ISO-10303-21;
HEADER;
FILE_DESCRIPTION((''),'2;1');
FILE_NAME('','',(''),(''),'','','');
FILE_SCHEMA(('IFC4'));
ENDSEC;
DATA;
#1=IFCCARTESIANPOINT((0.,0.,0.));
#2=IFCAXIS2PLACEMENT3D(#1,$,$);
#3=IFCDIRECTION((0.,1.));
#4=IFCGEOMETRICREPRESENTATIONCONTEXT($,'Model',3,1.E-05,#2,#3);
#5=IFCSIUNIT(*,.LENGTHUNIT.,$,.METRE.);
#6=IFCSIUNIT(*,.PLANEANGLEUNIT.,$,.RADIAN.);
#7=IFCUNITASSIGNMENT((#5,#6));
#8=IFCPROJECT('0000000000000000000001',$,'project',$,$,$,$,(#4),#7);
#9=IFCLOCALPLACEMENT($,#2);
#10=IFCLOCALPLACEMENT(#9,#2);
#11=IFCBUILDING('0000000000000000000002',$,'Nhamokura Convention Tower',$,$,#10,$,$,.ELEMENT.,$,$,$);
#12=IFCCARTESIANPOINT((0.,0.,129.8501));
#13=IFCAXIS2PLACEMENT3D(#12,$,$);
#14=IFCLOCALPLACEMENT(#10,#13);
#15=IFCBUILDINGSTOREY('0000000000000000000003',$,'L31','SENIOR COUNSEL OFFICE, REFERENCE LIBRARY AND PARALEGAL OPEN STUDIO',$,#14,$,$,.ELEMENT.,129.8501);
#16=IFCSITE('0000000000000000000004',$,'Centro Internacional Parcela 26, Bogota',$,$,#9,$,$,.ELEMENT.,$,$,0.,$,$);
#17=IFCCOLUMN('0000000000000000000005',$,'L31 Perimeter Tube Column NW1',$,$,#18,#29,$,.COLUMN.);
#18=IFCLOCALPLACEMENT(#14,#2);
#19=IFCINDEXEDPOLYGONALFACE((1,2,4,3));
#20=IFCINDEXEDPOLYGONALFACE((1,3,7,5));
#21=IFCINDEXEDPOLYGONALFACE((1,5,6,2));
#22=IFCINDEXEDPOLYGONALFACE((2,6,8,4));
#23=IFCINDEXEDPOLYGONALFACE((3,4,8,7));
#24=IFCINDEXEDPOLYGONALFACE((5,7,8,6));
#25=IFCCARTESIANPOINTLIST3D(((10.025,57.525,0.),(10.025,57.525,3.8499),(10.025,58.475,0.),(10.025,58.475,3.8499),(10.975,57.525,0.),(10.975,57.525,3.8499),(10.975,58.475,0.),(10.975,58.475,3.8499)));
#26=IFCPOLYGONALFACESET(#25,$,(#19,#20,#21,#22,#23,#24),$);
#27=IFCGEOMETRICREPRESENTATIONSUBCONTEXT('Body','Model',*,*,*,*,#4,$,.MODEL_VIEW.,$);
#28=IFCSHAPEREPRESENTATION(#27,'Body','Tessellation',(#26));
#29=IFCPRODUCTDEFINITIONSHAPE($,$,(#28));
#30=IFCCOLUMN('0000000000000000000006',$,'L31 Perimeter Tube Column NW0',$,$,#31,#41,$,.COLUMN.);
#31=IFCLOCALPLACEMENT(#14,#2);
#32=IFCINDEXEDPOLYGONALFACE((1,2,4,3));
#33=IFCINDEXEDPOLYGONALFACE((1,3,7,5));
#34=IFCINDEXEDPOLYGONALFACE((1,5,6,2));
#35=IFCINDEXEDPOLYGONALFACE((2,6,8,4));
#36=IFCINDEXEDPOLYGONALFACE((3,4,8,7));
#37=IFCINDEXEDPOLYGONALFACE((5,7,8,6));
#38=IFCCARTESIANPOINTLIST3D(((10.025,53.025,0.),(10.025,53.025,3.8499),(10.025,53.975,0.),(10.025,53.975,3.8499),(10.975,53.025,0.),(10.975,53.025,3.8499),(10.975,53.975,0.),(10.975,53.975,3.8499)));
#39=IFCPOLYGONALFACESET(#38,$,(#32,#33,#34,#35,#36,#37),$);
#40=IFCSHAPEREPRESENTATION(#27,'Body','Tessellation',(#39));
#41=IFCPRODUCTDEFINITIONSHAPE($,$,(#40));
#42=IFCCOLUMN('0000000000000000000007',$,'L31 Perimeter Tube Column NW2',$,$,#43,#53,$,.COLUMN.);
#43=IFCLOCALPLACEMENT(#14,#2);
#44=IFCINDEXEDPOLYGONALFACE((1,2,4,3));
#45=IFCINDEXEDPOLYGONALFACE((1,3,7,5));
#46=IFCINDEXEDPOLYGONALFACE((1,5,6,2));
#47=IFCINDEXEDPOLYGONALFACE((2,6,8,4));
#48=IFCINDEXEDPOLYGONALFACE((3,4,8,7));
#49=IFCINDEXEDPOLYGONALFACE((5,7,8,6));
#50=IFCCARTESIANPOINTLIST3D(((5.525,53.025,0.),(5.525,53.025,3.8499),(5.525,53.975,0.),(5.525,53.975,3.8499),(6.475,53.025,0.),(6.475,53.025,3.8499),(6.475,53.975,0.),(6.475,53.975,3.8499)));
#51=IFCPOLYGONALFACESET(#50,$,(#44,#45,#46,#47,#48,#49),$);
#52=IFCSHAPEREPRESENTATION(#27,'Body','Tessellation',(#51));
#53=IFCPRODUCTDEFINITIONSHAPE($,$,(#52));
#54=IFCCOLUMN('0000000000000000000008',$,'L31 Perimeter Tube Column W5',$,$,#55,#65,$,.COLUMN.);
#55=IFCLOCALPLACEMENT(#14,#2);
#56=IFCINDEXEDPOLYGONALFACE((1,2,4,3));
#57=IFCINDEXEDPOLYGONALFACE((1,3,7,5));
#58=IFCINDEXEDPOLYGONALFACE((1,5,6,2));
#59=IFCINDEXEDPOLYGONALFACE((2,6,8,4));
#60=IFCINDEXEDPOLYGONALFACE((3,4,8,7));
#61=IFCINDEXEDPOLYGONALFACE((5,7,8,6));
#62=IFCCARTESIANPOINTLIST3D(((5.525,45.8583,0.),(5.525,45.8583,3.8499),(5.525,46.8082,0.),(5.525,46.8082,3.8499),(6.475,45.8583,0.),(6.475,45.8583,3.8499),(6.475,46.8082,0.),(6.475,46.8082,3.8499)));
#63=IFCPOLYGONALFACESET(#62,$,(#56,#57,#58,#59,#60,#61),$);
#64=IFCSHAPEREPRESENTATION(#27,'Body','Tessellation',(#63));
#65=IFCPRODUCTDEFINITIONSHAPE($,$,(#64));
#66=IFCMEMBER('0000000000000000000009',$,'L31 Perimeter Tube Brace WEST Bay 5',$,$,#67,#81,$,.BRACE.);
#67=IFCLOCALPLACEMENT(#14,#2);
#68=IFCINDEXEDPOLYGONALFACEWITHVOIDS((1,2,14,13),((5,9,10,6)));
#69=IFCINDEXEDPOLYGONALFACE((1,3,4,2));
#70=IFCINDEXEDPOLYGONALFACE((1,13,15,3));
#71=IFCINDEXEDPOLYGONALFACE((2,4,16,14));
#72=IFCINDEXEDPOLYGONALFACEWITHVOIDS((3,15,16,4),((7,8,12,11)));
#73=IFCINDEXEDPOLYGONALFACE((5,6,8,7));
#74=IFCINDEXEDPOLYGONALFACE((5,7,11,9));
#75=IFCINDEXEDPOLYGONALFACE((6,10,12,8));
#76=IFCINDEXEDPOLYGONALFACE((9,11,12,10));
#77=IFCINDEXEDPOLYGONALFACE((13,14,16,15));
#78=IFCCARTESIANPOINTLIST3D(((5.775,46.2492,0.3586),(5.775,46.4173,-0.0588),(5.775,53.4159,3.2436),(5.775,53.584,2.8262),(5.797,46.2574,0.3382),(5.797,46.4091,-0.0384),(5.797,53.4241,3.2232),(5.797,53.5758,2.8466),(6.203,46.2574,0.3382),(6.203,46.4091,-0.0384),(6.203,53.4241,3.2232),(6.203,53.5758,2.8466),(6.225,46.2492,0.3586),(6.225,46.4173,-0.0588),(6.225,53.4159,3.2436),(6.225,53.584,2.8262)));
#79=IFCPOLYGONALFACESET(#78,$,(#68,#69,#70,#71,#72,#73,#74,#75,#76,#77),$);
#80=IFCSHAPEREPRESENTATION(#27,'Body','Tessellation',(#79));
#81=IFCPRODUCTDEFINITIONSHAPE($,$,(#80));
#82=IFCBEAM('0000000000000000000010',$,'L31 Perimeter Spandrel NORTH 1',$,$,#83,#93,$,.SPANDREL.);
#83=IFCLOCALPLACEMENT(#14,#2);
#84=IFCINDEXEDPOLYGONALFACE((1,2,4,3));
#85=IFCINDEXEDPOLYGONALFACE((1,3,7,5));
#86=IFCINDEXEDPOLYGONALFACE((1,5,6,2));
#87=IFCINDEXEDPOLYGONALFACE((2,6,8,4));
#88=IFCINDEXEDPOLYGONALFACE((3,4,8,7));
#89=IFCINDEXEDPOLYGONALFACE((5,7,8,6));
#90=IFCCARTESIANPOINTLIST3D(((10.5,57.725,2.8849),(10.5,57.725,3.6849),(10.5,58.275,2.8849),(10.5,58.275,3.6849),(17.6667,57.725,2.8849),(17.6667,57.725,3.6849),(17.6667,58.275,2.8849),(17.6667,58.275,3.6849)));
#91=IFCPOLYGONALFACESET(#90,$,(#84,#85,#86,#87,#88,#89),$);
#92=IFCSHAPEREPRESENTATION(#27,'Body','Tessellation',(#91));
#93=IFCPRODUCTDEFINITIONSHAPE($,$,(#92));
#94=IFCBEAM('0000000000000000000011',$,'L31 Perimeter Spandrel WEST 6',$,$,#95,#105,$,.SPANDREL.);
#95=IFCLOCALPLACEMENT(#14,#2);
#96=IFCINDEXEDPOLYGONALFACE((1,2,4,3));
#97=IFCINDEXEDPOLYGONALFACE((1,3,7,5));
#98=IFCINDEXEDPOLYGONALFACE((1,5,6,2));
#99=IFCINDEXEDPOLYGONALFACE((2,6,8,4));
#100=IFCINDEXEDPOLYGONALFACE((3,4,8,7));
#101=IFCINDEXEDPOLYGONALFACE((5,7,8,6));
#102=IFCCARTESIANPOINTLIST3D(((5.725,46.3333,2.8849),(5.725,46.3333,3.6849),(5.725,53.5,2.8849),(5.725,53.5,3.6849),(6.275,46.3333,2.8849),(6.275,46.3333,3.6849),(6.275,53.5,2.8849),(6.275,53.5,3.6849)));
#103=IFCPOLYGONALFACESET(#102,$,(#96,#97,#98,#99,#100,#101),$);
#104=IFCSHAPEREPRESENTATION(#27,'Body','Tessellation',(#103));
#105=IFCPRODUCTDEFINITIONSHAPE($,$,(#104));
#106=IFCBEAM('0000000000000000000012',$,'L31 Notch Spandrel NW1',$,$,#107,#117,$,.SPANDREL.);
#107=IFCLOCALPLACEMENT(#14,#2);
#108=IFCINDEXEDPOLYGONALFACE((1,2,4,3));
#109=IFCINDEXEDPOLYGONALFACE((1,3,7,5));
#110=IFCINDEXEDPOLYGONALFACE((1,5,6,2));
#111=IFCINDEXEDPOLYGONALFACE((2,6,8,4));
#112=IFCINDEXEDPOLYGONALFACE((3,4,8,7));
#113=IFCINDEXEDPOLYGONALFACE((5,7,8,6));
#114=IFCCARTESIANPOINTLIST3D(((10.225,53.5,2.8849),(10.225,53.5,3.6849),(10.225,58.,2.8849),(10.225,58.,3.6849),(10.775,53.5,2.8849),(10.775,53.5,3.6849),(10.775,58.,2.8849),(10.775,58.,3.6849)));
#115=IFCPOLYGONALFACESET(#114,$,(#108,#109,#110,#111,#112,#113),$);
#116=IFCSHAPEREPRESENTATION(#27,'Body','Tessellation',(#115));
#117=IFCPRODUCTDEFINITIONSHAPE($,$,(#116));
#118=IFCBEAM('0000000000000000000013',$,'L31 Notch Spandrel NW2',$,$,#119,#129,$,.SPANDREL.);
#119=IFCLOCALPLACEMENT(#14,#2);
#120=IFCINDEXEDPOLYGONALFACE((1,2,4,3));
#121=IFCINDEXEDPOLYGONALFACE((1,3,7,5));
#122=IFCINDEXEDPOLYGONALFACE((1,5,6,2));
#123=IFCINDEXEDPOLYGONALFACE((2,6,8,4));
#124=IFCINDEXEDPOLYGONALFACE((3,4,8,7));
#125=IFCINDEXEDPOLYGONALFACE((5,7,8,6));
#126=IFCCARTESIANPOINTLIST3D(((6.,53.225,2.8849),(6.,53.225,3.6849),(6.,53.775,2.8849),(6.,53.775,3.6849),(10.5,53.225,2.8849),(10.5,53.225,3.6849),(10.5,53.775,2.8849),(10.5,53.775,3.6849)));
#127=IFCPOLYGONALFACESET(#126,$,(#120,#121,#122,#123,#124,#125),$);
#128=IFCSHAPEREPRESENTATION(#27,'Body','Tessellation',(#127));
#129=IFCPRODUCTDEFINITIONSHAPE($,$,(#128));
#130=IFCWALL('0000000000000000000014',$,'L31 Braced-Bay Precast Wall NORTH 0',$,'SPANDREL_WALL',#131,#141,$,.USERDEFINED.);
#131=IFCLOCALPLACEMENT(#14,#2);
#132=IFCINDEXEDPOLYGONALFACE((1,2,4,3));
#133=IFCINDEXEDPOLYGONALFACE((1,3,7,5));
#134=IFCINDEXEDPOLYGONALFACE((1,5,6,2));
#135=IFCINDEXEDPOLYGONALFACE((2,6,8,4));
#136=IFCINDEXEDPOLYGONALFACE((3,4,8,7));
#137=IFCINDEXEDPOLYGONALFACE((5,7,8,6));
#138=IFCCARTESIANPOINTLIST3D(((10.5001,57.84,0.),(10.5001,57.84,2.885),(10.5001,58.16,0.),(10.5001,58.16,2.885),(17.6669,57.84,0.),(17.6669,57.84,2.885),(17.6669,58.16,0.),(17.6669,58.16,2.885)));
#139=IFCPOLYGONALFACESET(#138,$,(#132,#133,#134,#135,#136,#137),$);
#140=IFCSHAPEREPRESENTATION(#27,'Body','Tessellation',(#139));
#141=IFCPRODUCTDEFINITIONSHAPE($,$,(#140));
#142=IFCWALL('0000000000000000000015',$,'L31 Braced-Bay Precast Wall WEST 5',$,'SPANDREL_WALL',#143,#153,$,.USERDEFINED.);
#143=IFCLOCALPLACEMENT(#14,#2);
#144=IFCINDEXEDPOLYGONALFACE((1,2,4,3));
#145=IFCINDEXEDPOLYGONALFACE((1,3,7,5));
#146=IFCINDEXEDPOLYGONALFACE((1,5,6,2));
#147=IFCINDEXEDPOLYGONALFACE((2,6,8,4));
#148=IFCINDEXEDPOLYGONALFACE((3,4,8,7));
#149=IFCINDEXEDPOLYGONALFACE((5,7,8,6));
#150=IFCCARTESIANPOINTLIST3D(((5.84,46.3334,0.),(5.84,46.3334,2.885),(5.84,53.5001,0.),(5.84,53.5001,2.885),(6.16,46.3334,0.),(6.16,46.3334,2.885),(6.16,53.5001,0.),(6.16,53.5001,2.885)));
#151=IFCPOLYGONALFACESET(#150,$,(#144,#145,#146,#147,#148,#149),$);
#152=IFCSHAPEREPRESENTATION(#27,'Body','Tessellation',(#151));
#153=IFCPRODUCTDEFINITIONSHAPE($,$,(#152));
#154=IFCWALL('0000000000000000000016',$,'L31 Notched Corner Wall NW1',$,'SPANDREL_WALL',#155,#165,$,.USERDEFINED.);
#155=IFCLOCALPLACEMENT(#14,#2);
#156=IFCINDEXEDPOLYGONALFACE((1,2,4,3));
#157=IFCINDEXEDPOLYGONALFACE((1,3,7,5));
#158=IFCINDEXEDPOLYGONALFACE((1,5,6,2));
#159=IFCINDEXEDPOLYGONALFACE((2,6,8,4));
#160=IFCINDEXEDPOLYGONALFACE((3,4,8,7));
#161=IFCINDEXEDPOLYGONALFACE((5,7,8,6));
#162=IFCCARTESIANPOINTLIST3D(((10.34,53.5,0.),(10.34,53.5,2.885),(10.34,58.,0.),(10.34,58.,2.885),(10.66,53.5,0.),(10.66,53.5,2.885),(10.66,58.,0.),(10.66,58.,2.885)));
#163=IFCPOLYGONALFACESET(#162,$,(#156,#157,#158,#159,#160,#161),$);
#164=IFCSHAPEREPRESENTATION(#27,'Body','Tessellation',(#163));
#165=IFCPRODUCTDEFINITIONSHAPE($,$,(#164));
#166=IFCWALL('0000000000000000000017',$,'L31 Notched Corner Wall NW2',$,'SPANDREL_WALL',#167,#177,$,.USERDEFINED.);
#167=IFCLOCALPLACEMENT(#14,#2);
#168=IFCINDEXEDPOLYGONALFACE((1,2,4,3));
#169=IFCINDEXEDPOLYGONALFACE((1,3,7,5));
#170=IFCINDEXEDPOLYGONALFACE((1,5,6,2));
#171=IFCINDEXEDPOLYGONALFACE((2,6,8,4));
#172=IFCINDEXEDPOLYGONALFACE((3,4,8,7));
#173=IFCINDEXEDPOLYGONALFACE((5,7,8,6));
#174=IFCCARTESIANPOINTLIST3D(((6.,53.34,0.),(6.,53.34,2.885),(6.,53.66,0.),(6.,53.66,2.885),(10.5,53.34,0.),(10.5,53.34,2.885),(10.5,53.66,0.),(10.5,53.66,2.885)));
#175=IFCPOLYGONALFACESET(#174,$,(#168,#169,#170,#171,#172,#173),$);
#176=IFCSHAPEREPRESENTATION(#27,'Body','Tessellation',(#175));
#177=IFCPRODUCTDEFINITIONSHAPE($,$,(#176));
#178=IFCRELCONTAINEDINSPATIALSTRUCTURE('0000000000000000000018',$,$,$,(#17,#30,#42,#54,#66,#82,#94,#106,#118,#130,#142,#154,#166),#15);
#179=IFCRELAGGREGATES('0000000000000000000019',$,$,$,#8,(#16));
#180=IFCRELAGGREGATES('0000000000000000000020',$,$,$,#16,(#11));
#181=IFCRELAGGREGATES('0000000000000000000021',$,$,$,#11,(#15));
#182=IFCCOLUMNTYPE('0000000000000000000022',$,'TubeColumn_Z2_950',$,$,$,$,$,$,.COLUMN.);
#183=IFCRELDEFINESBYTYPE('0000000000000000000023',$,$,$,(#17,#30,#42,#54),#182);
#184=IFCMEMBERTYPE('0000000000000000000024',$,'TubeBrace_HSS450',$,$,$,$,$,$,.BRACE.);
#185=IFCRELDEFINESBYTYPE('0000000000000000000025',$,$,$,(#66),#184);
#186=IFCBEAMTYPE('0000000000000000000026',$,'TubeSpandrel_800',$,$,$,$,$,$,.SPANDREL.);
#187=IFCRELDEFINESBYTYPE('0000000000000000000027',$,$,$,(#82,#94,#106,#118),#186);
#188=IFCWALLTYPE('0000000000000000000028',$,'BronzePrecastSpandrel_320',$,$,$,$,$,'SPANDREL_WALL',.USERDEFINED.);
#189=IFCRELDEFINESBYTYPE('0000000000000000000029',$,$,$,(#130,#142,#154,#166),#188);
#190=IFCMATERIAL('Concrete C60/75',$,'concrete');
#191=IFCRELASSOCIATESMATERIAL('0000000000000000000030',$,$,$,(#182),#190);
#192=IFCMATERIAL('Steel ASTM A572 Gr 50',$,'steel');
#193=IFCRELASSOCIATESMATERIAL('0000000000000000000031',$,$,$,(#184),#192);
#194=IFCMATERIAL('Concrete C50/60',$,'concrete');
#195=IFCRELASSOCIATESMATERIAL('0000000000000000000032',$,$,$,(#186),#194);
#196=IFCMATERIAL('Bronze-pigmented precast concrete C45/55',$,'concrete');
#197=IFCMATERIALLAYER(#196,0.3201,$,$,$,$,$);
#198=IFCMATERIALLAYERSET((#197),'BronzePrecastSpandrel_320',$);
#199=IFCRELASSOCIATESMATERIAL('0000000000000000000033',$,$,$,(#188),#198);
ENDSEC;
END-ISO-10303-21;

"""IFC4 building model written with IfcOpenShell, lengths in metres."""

from ifc_helpers import new_model, si_unit, direction, frame, frame_2d, origin, origin_2d, place, context, subcontext, project, spatial, rectangle, hollow_rectangle, extrude, material, layer, layer_set, material_profile, profile_set, type_object, element, save


model = new_model("IFC4")

# Units and contexts
model_context = context("Model", 3, precision=1e-05, world=origin(), true_north=direction((0.0, 1.0)))
body_context = subcontext(model_context, "Body", "Model", "MODEL_VIEW")
ifc_project = project(units=[si_unit("LENGTHUNIT", "METRE"), si_unit("PLANEANGLEUNIT", "RADIAN")], contexts=[model_context])

# Site, building, storey
site_placement = place(None, origin())
site = spatial("IfcSite", under=ifc_project, at=site_placement, Name="Centro Internacional Parcela 26, Bogota", CompositionType="ELEMENT", RefElevation=0.0)
building_placement = place(site_placement, origin())
building = spatial("IfcBuilding", under=site, at=building_placement, Name="Nhamokura Convention Tower", CompositionType="ELEMENT")
storey_placement = place(building_placement, frame((0.0, 0.0, 129.8501)))
storey = spatial("IfcBuildingStorey", under=building, at=storey_placement, Name="L31", Description="SENIOR COUNSEL OFFICE, REFERENCE LIBRARY AND PARALEGAL OPEN STUDIO", CompositionType="ELEMENT", Elevation=129.8501)

# Columns
ifc_material_1 = material(Name="Concrete C60/75", Category="concrete")
ifc_material_profile_1 = material_profile(ifc_material_1, rectangle(XDim=0.95, YDim=0.95, at=origin_2d()))
ifc_profile_set_1 = profile_set([ifc_material_profile_1], Name="Concrete C60/75")
column_type = type_object("IfcColumnType", Name="TubeColumn_Z2_950", PredefinedType="COLUMN", material=ifc_profile_set_1)
for number, where, z_axis, x_axis, name in (
    (1, (10.5, 58.0, 0.0), (0.0, 0.0, 1.0), (1.0, 0.0, 0.0), "L31 Perimeter Tube Column NW1"),
    (2, (10.5, 53.5, 0.0), (0.0, 0.0, 1.0), (1.0, 0.0, 0.0), "L31 Perimeter Tube Column NW0"),
    (3, (6.0, 53.5, 0.0), (0.0, 0.0, 1.0), (1.0, 0.0, 0.0), "L31 Perimeter Tube Column NW2"),
    (4, (6.0, 46.3333, 0.0), (0.0, 0.0, 1.0), (1.0, 0.0, 0.0), "L31 Perimeter Tube Column W5"),
):
    element("IfcColumn", number, at=place(storey_placement, frame(where, z_axis=z_axis, x_axis=x_axis)), inside=storey, type_object=column_type, Name=name, PredefinedType="COLUMN", context=body_context, shape_type="SweptSolid", body=[
        extrude(rectangle(XDim=0.95, YDim=0.95, at=origin_2d()), origin(), (0.0, 0.0, 1.0), 3.8499),
    ])

# Member
ifc_material_2 = material(Name="Steel ASTM A572 Gr 50", Category="steel")
ifc_material_profile_2 = material_profile(ifc_material_2, hollow_rectangle(XDim=0.45, YDim=0.45, WallThickness=0.022, at=origin_2d()))
ifc_profile_set_2 = profile_set([ifc_material_profile_2], Name="Steel ASTM A572 Gr 50")
member_type = type_object("IfcMemberType", Name="TubeBrace_HSS450", PredefinedType="BRACE", material=ifc_profile_set_2)
member_placement = place(storey_placement, frame((6.0, 46.3333, 0.1499), z_axis=(0.0, 0.927657, 0.373433), x_axis=(-1.0, 0.0, 0.0)))
element("IfcMember", 5, at=member_placement, inside=storey, type_object=member_type, Name="L31 Perimeter Tube Brace WEST Bay 5", PredefinedType="BRACE", context=body_context, shape_type="SweptSolid", body=[
    extrude(hollow_rectangle(XDim=0.45, YDim=0.45, WallThickness=0.022, at=origin_2d()), origin(), (0.0, 0.0, 1.0), 7.7256),
])

# Beams
ifc_material_3 = material(Name="Concrete C50/60", Category="concrete")
ifc_material_profile_3 = material_profile(ifc_material_3, rectangle(XDim=0.55, YDim=0.8, at=origin_2d()))
ifc_profile_set_3 = profile_set([ifc_material_profile_3], Name="Concrete C50/60")
beam_type = type_object("IfcBeamType", Name="TubeSpandrel_800", PredefinedType="SPANDREL", material=ifc_profile_set_3)
for number, where, z_axis, x_axis, name in (
    (6, (10.5, 58.0, 3.2849), (1.0, 0.0, 0.0), (0.0, 1.0, 0.0), "L31 Perimeter Spandrel NORTH 1"),
    (7, (6.0, 46.3333, 3.2849), (0.0, 1.0, 0.0), (-1.0, 0.0, 0.0), "L31 Perimeter Spandrel WEST 6"),
):
    element("IfcBeam", number, at=place(storey_placement, frame(where, z_axis=z_axis, x_axis=x_axis)), inside=storey, type_object=beam_type, Name=name, PredefinedType="SPANDREL", context=body_context, shape_type="SweptSolid", body=[
        extrude(rectangle(XDim=0.55, YDim=0.8, at=origin_2d()), origin(), (0.0, 0.0, 1.0), 7.1667),
    ])
for number, where, z_axis, x_axis, name in (
    (8, (10.5, 58.0, 3.2849), (0.0, -1.0, 0.0), (1.0, 0.0, 0.0), "L31 Notch Spandrel NW1"),
    (9, (10.5, 53.5, 3.2849), (-1.0, 0.0, 0.0), (0.0, -1.0, 0.0), "L31 Notch Spandrel NW2"),
):
    element("IfcBeam", number, at=place(storey_placement, frame(where, z_axis=z_axis, x_axis=x_axis)), inside=storey, type_object=beam_type, Name=name, PredefinedType="SPANDREL", context=body_context, shape_type="SweptSolid", body=[
        extrude(rectangle(XDim=0.55, YDim=0.8, at=origin_2d()), origin(), (0.0, 0.0, 1.0), 4.5),
    ])

# Walls
ifc_material_4 = material(Name="Bronze-pigmented precast concrete C45/55", Category="concrete")
ifc_layer_1 = layer(ifc_material_4, 0.3201)
ifc_layer_set_1 = layer_set([ifc_layer_1], Name="BronzePrecastSpandrel_320")
wall_type_1 = type_object("IfcWallType", Name="BronzePrecastSpandrel_320", ElementType="SPANDREL_WALL", PredefinedType="USERDEFINED", material=ifc_layer_set_1)
for number, where, z_axis, x_axis, name in (
    (10, (10.5, 58.0, 0.0), (0.0, 0.0, 1.0), (1.0, 0.0, 0.0), "L31 Braced-Bay Precast Wall NORTH 0"),
    (11, (6.0, 46.3333, 0.0), (0.0, 0.0, 1.0), (0.0, 1.0, 0.0), "L31 Braced-Bay Precast Wall WEST 5"),
):
    element("IfcWall", number, at=place(storey_placement, frame(where, z_axis=z_axis, x_axis=x_axis)), inside=storey, type_object=wall_type_1, Name=name, ObjectType="SPANDREL_WALL", PredefinedType="USERDEFINED", context=body_context, shape_type="SweptSolid", body=[
        extrude(rectangle(XDim=7.1667, YDim=0.3201, at=frame_2d((3.5835, 0.0))), origin(), (0.0, 0.0, 1.0), 2.885),
    ])
for number, where, z_axis, x_axis, name in (
    (12, (10.5, 53.5, 0.0), (0.0, 0.0, 1.0), (0.0, 1.0, 0.0), "L31 Notched Corner Wall NW1"),
    (13, (6.0, 53.5, 0.0), (0.0, 0.0, 1.0), (1.0, 0.0, 0.0), "L31 Notched Corner Wall NW2"),
):
    element("IfcWall", number, at=place(storey_placement, frame(where, z_axis=z_axis, x_axis=x_axis)), inside=storey, type_object=wall_type_1, Name=name, ObjectType="SPANDREL_WALL", PredefinedType="USERDEFINED", context=body_context, shape_type="SweptSolid", body=[
        extrude(rectangle(XDim=4.5, YDim=0.3201, at=frame_2d((2.25, 0.0))), origin(), (0.0, 0.0, 1.0), 2.885),
    ])

save(model, "model.ifc")
